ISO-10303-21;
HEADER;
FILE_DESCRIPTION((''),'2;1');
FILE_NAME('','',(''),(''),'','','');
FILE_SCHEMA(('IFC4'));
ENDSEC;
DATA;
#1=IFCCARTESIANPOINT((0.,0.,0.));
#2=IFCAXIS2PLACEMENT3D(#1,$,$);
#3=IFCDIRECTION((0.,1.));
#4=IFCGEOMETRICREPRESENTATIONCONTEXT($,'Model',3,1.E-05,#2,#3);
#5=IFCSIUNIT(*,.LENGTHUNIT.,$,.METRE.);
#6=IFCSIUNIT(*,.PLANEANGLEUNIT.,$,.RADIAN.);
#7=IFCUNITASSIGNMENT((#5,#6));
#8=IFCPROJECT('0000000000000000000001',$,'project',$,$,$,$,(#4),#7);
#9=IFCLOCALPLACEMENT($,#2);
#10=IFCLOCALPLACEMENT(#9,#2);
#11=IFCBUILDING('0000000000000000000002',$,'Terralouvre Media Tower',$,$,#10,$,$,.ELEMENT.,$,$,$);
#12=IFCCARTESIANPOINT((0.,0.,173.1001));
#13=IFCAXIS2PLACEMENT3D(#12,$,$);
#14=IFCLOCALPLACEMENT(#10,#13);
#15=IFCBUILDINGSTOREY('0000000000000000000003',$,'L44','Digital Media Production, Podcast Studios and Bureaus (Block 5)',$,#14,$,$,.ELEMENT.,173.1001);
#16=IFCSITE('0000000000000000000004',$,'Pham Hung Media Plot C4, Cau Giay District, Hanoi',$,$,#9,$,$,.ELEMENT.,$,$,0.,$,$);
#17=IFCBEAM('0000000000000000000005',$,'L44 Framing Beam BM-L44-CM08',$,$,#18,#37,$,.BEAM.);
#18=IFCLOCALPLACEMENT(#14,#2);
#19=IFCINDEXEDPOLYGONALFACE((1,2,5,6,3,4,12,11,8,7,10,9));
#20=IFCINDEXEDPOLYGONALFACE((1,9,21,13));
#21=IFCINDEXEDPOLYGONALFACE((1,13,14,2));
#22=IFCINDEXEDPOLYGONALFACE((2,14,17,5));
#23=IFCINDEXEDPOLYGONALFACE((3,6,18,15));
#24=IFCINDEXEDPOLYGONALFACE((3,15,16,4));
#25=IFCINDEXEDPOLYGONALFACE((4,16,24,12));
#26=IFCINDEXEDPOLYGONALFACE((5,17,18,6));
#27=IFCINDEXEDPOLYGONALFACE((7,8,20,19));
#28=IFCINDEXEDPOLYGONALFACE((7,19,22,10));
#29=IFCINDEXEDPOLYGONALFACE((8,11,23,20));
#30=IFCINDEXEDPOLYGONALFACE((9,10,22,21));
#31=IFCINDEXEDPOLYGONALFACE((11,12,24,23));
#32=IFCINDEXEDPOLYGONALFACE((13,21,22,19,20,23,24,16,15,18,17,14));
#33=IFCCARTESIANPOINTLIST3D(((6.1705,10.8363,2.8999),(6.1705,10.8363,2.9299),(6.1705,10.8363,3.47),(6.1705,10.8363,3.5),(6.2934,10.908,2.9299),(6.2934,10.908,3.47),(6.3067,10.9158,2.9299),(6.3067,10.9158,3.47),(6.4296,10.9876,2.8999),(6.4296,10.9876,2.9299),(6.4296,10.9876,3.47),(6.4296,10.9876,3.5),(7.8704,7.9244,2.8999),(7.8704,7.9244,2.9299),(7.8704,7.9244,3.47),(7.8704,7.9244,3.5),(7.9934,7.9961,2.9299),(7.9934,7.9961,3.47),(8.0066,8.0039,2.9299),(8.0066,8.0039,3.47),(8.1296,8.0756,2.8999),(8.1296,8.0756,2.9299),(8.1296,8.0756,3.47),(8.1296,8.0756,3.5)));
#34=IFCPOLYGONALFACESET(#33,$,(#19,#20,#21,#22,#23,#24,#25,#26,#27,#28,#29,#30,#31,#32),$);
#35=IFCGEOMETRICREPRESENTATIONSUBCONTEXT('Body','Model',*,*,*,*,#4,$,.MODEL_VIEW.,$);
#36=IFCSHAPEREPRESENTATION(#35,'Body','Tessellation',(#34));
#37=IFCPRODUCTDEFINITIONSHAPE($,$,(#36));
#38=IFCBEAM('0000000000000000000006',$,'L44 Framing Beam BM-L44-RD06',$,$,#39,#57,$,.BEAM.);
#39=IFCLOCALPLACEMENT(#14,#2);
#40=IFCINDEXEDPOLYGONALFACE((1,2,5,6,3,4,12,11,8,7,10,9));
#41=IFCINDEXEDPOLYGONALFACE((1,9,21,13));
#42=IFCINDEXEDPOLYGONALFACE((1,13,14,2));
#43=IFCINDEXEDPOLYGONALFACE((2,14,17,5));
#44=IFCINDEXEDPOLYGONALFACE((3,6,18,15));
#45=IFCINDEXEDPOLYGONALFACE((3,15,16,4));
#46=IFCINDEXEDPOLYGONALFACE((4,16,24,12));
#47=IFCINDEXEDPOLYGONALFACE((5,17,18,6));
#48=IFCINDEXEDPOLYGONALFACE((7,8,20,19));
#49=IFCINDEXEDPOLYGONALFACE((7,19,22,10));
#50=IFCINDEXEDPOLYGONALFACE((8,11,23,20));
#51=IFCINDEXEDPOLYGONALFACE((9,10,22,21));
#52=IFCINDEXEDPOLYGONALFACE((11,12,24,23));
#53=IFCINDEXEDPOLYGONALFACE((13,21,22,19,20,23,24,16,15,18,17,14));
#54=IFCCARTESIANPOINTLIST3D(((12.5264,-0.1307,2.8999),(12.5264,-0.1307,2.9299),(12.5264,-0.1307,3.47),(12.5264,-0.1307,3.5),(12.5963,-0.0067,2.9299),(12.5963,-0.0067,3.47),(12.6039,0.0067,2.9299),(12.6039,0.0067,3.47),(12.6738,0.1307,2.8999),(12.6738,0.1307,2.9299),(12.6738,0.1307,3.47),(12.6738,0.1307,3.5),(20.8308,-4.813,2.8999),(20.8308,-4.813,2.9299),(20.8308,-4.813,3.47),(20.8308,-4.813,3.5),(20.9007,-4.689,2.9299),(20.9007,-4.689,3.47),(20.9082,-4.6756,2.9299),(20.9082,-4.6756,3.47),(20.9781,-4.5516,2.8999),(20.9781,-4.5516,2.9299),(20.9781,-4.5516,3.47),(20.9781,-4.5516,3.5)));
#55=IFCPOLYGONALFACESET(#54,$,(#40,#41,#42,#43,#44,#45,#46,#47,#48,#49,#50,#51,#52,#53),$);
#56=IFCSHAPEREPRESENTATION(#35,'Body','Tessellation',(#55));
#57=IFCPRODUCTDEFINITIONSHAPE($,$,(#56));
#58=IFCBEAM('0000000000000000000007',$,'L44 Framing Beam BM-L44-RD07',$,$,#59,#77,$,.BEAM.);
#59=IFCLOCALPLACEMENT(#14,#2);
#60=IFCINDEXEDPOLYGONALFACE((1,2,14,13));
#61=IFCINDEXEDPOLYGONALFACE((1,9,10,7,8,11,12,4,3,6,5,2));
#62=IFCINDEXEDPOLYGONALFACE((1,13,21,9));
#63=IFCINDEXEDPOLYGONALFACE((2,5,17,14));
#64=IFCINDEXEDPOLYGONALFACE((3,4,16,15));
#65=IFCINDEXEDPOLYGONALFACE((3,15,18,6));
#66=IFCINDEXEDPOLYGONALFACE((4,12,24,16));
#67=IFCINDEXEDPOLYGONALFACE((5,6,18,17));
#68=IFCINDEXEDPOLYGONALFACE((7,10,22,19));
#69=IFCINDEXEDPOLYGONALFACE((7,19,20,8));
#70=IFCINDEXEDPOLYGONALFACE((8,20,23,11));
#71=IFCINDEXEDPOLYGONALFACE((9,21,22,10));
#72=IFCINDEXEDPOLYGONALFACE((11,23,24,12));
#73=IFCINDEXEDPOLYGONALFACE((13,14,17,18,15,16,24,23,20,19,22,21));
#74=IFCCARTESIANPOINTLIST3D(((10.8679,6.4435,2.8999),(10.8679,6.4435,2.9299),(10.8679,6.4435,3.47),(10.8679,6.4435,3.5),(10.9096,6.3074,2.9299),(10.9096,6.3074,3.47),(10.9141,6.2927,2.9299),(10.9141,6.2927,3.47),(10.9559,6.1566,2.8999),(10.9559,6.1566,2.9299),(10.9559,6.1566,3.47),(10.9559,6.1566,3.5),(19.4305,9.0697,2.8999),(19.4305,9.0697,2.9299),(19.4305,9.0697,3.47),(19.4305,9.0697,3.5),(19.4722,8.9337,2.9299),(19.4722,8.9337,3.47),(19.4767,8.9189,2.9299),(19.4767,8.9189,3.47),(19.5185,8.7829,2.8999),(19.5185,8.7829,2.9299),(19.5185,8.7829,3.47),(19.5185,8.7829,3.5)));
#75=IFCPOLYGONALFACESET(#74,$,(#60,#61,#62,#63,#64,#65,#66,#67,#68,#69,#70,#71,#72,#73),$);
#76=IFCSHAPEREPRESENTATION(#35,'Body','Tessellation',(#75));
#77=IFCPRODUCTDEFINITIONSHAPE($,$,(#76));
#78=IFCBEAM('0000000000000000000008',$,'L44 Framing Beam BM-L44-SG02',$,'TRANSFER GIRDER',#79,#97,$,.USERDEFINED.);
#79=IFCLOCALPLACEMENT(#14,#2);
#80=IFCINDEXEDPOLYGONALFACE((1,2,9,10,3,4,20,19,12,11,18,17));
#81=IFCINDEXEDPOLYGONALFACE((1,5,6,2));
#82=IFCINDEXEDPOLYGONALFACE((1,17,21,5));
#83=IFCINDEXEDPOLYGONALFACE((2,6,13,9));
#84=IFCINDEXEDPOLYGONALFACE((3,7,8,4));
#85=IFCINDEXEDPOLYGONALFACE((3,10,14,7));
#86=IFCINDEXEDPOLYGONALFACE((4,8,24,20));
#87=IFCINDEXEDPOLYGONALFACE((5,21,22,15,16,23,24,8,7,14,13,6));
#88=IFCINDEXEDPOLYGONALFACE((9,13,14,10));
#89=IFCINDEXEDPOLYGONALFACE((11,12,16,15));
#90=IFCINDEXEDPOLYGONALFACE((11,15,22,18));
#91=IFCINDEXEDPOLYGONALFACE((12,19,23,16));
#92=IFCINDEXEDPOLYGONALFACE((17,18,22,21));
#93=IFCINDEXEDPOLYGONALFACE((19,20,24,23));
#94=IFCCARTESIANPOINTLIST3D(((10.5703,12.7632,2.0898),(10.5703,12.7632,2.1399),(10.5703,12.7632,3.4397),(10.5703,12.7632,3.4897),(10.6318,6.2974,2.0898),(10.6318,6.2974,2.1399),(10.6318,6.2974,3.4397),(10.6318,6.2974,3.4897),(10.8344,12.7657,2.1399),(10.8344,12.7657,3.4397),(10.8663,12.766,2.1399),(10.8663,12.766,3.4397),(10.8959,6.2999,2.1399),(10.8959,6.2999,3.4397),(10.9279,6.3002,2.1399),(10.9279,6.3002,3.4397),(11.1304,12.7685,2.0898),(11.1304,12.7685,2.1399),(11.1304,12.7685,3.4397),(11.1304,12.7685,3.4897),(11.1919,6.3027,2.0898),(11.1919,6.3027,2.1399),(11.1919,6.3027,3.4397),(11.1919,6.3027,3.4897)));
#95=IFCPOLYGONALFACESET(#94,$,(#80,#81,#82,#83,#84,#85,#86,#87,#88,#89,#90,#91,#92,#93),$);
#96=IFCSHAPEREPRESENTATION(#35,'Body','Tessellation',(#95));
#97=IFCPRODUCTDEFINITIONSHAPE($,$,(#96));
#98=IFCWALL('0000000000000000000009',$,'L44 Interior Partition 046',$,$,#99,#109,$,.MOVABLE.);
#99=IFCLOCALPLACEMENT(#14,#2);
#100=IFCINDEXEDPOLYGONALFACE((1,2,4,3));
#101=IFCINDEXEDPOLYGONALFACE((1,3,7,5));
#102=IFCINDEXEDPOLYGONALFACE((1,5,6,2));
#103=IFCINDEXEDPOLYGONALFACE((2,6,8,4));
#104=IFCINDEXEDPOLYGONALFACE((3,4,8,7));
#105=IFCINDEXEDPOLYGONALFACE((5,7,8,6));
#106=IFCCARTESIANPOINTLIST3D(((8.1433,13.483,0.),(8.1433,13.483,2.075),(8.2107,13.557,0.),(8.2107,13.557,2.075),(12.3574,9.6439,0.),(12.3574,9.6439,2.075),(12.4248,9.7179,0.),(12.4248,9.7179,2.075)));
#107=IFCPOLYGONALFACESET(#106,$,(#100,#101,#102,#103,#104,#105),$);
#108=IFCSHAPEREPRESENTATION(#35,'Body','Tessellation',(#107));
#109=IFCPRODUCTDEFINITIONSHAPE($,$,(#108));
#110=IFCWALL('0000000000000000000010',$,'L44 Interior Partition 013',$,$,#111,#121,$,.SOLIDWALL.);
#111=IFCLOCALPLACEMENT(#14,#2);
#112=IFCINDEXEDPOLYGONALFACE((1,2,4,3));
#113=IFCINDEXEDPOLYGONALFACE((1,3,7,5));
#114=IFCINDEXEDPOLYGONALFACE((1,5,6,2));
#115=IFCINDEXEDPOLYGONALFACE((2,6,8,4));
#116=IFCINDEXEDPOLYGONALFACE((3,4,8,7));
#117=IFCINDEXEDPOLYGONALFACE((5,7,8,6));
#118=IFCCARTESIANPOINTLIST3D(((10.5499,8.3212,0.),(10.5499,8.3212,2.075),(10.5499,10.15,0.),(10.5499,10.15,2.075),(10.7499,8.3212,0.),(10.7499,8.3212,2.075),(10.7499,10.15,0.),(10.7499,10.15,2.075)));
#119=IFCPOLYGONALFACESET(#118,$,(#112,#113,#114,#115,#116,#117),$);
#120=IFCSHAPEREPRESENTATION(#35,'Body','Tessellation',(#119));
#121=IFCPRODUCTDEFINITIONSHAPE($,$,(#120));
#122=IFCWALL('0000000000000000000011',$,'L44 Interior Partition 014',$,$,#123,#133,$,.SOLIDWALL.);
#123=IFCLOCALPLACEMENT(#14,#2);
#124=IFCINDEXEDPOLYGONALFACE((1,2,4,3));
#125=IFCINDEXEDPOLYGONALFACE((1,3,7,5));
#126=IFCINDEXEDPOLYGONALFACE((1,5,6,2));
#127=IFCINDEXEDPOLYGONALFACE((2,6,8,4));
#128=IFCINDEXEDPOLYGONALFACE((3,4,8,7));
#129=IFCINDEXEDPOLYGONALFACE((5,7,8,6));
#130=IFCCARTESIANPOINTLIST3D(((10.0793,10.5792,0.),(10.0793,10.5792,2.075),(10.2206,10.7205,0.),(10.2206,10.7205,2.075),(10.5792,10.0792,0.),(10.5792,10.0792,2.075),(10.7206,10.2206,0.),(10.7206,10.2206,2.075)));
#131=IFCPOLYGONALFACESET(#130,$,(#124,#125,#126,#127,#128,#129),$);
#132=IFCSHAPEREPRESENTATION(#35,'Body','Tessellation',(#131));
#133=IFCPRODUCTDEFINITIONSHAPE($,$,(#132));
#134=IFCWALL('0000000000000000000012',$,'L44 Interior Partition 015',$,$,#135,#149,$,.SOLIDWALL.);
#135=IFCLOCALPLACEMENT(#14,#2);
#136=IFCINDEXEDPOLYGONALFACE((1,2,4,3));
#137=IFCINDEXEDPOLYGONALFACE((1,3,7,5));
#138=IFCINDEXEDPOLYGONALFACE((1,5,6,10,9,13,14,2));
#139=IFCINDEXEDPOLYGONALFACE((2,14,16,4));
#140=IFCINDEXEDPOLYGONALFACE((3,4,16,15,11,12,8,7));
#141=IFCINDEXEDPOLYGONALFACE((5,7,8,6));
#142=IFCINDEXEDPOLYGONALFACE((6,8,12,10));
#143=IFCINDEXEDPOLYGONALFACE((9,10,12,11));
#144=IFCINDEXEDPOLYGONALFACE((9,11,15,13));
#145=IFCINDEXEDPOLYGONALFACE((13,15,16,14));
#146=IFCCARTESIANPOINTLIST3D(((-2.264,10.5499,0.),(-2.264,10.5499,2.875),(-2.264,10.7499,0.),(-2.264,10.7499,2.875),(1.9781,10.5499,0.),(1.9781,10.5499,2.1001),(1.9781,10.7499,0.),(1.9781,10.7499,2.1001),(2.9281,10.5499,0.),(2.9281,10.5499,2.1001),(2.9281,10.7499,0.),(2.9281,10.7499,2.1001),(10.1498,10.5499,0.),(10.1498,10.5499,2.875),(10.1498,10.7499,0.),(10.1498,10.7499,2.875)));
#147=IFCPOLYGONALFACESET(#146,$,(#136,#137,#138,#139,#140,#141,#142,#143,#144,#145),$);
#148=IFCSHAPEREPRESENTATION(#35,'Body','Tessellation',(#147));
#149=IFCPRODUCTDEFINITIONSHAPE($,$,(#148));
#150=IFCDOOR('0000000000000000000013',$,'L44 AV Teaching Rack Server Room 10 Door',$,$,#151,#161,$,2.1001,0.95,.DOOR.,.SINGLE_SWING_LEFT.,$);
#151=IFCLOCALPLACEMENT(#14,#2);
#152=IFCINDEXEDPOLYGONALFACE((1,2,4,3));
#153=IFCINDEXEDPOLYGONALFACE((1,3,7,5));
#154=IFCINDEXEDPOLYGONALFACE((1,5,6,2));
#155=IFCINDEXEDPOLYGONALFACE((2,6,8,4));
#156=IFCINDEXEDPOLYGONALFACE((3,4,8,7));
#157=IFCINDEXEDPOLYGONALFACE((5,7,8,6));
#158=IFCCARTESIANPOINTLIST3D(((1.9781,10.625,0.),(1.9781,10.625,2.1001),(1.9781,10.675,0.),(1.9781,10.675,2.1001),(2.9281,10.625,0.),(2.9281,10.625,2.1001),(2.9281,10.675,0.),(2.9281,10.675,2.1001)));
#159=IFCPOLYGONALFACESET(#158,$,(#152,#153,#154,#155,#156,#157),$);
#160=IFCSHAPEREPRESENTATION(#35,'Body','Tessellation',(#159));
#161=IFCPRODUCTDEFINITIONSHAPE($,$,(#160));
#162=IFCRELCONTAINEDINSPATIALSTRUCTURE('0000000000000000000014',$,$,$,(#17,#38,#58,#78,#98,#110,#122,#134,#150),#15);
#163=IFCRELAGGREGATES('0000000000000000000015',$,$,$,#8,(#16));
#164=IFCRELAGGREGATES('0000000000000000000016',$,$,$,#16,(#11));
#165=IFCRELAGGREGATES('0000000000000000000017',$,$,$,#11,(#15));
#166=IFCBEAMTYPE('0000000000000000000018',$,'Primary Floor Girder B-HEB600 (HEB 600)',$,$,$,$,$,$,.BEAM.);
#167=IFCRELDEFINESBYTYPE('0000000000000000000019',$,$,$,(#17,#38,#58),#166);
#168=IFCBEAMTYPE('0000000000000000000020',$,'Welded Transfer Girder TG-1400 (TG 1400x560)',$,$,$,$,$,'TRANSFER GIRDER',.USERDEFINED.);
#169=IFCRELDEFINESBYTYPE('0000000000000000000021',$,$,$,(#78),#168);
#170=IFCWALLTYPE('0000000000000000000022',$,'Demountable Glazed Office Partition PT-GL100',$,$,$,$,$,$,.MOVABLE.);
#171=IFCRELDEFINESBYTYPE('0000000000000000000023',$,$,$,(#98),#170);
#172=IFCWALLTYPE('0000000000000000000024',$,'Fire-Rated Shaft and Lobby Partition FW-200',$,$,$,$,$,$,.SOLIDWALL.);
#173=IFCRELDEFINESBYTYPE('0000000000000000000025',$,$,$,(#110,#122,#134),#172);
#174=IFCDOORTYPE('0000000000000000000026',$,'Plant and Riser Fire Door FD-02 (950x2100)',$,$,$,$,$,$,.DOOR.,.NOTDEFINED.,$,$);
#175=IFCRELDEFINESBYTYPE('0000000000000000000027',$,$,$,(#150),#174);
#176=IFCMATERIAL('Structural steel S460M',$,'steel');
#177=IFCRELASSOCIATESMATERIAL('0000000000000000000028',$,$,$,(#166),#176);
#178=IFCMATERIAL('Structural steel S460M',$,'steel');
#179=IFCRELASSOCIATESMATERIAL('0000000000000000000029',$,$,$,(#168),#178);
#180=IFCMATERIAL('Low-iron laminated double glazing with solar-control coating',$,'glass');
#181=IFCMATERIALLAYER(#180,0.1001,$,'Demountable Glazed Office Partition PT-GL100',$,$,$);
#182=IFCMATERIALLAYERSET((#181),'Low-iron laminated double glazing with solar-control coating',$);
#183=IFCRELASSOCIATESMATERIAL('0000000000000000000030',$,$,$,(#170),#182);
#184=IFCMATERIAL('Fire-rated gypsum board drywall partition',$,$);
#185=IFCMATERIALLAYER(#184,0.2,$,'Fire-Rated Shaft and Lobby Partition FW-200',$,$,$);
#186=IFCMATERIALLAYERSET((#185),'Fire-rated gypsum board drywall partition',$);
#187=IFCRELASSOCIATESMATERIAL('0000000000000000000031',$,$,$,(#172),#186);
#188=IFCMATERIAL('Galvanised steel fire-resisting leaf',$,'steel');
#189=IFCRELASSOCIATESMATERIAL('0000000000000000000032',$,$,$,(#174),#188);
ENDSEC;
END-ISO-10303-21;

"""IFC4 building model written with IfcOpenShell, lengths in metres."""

from ifc_helpers import new_model, si_unit, direction, frame, frame_2d, origin, origin_2d, place, context, subcontext, project, spatial, rectangle, i_section, extrude, material, layer, layer_set, material_profile, profile_set, type_object, element, fill, save


model = new_model("IFC4")

# Units and contexts
model_context = context("Model", 3, precision=1e-05, world=origin(), true_north=direction((0.0, 1.0)))
body_context = subcontext(model_context, "Body", "Model", "MODEL_VIEW")
ifc_project = project(units=[si_unit("LENGTHUNIT", "METRE"), si_unit("PLANEANGLEUNIT", "RADIAN")], contexts=[model_context])

# Site, building, storey
site_placement = place(None, origin())
site = spatial("IfcSite", under=ifc_project, at=site_placement, Name="Pham Hung Media Plot C4, Cau Giay District, Hanoi", CompositionType="ELEMENT", RefElevation=0.0)
building_placement = place(site_placement, origin())
building = spatial("IfcBuilding", under=site, at=building_placement, Name="Terralouvre Media Tower", CompositionType="ELEMENT")
storey_placement = place(building_placement, frame((0.0, 0.0, 173.1001)))
storey = spatial("IfcBuildingStorey", under=building, at=storey_placement, Name="L44", Description="Digital Media Production, Podcast Studios and Bureaus (Block 5)", CompositionType="ELEMENT", Elevation=173.1001)

# Beams
ifc_material_1 = material(Name="Structural steel S460M", Category="steel")
ifc_material_profile_1 = material_profile(ifc_material_1, i_section(OverallWidth=0.3, OverallDepth=0.6001, WebThickness=0.0154, FlangeThickness=0.03, at=origin_2d()), Name="HEB 600")
ifc_profile_set_1 = profile_set([ifc_material_profile_1], Name="Structural steel S460M")
beam_type_1 = type_object("IfcBeamType", Name="Primary Floor Girder B-HEB600 (HEB 600)", PredefinedType="BEAM", material=ifc_profile_set_1)
for number, where, z_axis, x_axis, name in (
    (1, (8.0, 8.0, 3.2), (-0.504173, 0.863603, 0.0), (-0.863603, -0.504173, 0.0), "L44 Framing Beam BM-L44-CM08"),
):
    element("IfcBeam", number, at=place(storey_placement, frame(where, z_axis=z_axis, x_axis=x_axis)), inside=storey, type_object=beam_type_1, Name=name, PredefinedType="BEAM", context=body_context, shape_type="SweptSolid", body=[
        extrude(i_section(OverallWidth=0.3, OverallDepth=0.6001, WebThickness=0.0154, FlangeThickness=0.03, at=origin_2d()), origin(), (0.0, 0.0, 1.0), 3.3718),
    ])
beam_1_placement = place(storey_placement, frame((12.6001, 0.0, 3.2), z_axis=(0.871077, -0.491147, 0.0), x_axis=(0.491147, 0.871077, 0.0)))
element("IfcBeam", 2, at=beam_1_placement, inside=storey, type_object=beam_type_1, Name="L44 Framing Beam BM-L44-RD06", PredefinedType="BEAM", context=body_context, shape_type="SweptSolid", body=[
    extrude(i_section(OverallWidth=0.3, OverallDepth=0.6001, WebThickness=0.0154, FlangeThickness=0.03, at=origin_2d()), origin(), (0.0, 0.0, 1.0), 9.5334),
])
beam_2_placement = place(storey_placement, frame((10.9119, 6.3, 3.2), z_axis=(0.956042, 0.293229, 0.0), x_axis=(-0.293229, 0.956042, 0.0)))
element("IfcBeam", 3, at=beam_2_placement, inside=storey, type_object=beam_type_1, Name="L44 Framing Beam BM-L44-RD07", PredefinedType="BEAM", context=body_context, shape_type="SweptSolid", body=[
    extrude(i_section(OverallWidth=0.3, OverallDepth=0.6001, WebThickness=0.0154, FlangeThickness=0.03, at=origin_2d()), origin(), (0.0, 0.0, 1.0), 8.9563),
])
ifc_material_2 = material(Name="Structural steel S460M", Category="steel")
ifc_material_profile_2 = material_profile(ifc_material_2, i_section(OverallWidth=0.5601, OverallDepth=1.3999, WebThickness=0.032, FlangeThickness=0.05, at=origin_2d()), Name="TG 1400x560")
ifc_profile_set_2 = profile_set([ifc_material_profile_2], Name="Structural steel S460M")
beam_type_2 = type_object("IfcBeamType", Name="Welded Transfer Girder TG-1400 (TG 1400x560)", ElementType="TRANSFER GIRDER", PredefinedType="USERDEFINED", material=ifc_profile_set_2)
beam_3_placement = place(storey_placement, frame((10.9119, 6.3, 2.7898), z_axis=(-0.009515, 0.999955, 0.0), x_axis=(-0.999955, -0.009515, 0.0)))
element("IfcBeam", 4, at=beam_3_placement, inside=storey, type_object=beam_type_2, Name="L44 Framing Beam BM-L44-SG02", ObjectType="TRANSFER GIRDER", PredefinedType="USERDEFINED", context=body_context, shape_type="SweptSolid", body=[
    extrude(i_section(OverallWidth=0.5601, OverallDepth=1.3999, WebThickness=0.032, FlangeThickness=0.05, at=origin_2d()), origin(), (0.0, 0.0, 1.0), 6.4661),
])

# Walls
ifc_material_3 = material(Name="Low-iron laminated double glazing with solar-control coating", Category="glass")
ifc_layer_1 = layer(ifc_material_3, 0.1001, Name="Demountable Glazed Office Partition PT-GL100")
ifc_layer_set_1 = layer_set([ifc_layer_1], Name="Low-iron laminated double glazing with solar-control coating")
wall_type_1 = type_object("IfcWallType", Name="Demountable Glazed Office Partition PT-GL100", PredefinedType="MOVABLE", material=ifc_layer_set_1)
wall_1_placement = place(storey_placement, frame((8.177, 13.52, 0.0), z_axis=(0.0, 0.0, 1.0), x_axis=(0.739232, -0.67345, 0.0)))
element("IfcWall", 5, at=wall_1_placement, inside=storey, type_object=wall_type_1, Name="L44 Interior Partition 046", PredefinedType="MOVABLE", context=body_context, shape_type="SweptSolid", body=[
    extrude(rectangle(XDim=5.7007, YDim=0.1001, at=frame_2d((2.8503, 0.0))), origin(), (0.0, 0.0, 1.0), 2.075),
])
ifc_material_4 = material(Name="Fire-rated gypsum board drywall partition")
ifc_layer_2 = layer(ifc_material_4, 0.2, Name="Fire-Rated Shaft and Lobby Partition FW-200")
ifc_layer_set_2 = layer_set([ifc_layer_2], Name="Fire-rated gypsum board drywall partition")
wall_type_2 = type_object("IfcWallType", Name="Fire-Rated Shaft and Lobby Partition FW-200", PredefinedType="SOLIDWALL", material=ifc_layer_set_2)
wall_2_placement = place(storey_placement, frame((10.6499, 8.321, 0.0), z_axis=(0.0, 0.0, 1.0), x_axis=(0.0, 1.0, 0.0)))
element("IfcWall", 6, at=wall_2_placement, inside=storey, type_object=wall_type_2, Name="L44 Interior Partition 013", PredefinedType="SOLIDWALL", context=body_context, shape_type="SweptSolid", body=[
    extrude(rectangle(XDim=1.8289, YDim=0.2, at=frame_2d((0.9146, 0.0))), origin(), (0.0, 0.0, 1.0), 2.075),
])
wall_3_placement = place(storey_placement, frame((10.6499, 10.1499, 0.0), z_axis=(0.0, 0.0, 1.0), x_axis=(-0.707107, 0.707107, 0.0)))
element("IfcWall", 7, at=wall_3_placement, inside=storey, type_object=wall_type_2, Name="L44 Interior Partition 014", PredefinedType="SOLIDWALL", context=body_context, shape_type="SweptSolid", body=[
    extrude(rectangle(XDim=0.707, YDim=0.2, at=frame_2d((0.3535, 0.0))), origin(), (0.0, 0.0, 1.0), 2.075),
])

# Wall, opening, door
wall_4_placement = place(storey_placement, frame((10.1499, 10.6499, 0.0), z_axis=(0.0, 0.0, 1.0), x_axis=(-1.0, 0.0, 0.0)))
wall_4 = element("IfcWall", 8, at=wall_4_placement, inside=storey, type_object=wall_type_2, Name="L44 Interior Partition 015", PredefinedType="SOLIDWALL", context=body_context, shape_type="SweptSolid", body=[
    extrude(rectangle(XDim=12.4138, YDim=0.2, at=frame_2d((6.207, 0.0))), origin(), (0.0, 0.0, 1.0), 2.875),
])
opening_1_placement = place(wall_4_placement, frame((7.2217, 0.0, 0.0)))
opening_1 = element("IfcOpeningElement", 9, at=opening_1_placement, cuts=wall_4, PredefinedType="OPENING", context=body_context, shape_type="SweptSolid", body=[
    extrude(rectangle(XDim=0.95, YDim=2.1001, at=frame_2d((0.4751, 1.05))), frame((0.0, 0.1099, 0.0), z_axis=(0.0, -1.0, 0.0), x_axis=(1.0, 0.0, 0.0)), (0.0, 0.0, 1.0), 0.22),
])
ifc_material_5 = material(Name="Galvanised steel fire-resisting leaf", Category="steel")
door_type_1 = type_object("IfcDoorType", Name="Plant and Riser Fire Door FD-02 (950x2100)", OperationType="NOTDEFINED", PredefinedType="DOOR", material=ifc_material_5)
door_1_placement = place(opening_1_placement, origin())
door_1 = element("IfcDoor", 10, at=door_1_placement, inside=storey, type_object=door_type_1, Name="L44 AV Teaching Rack Server Room 10 Door", OperationType="SINGLE_SWING_LEFT", OverallHeight=2.1001, OverallWidth=0.95, PredefinedType="DOOR", context=body_context, shape_type="SweptSolid", body=[
    extrude(rectangle(XDim=0.95, YDim=2.1001, at=frame_2d((0.4751, 1.05))), frame((0.0, 0.0249, 0.0), z_axis=(0.0, -1.0, 0.0), x_axis=(1.0, 0.0, 0.0)), (0.0, 0.0, 1.0), 0.05),
])
fill(opening_1, door_1)

save(model, "model.ifc")
